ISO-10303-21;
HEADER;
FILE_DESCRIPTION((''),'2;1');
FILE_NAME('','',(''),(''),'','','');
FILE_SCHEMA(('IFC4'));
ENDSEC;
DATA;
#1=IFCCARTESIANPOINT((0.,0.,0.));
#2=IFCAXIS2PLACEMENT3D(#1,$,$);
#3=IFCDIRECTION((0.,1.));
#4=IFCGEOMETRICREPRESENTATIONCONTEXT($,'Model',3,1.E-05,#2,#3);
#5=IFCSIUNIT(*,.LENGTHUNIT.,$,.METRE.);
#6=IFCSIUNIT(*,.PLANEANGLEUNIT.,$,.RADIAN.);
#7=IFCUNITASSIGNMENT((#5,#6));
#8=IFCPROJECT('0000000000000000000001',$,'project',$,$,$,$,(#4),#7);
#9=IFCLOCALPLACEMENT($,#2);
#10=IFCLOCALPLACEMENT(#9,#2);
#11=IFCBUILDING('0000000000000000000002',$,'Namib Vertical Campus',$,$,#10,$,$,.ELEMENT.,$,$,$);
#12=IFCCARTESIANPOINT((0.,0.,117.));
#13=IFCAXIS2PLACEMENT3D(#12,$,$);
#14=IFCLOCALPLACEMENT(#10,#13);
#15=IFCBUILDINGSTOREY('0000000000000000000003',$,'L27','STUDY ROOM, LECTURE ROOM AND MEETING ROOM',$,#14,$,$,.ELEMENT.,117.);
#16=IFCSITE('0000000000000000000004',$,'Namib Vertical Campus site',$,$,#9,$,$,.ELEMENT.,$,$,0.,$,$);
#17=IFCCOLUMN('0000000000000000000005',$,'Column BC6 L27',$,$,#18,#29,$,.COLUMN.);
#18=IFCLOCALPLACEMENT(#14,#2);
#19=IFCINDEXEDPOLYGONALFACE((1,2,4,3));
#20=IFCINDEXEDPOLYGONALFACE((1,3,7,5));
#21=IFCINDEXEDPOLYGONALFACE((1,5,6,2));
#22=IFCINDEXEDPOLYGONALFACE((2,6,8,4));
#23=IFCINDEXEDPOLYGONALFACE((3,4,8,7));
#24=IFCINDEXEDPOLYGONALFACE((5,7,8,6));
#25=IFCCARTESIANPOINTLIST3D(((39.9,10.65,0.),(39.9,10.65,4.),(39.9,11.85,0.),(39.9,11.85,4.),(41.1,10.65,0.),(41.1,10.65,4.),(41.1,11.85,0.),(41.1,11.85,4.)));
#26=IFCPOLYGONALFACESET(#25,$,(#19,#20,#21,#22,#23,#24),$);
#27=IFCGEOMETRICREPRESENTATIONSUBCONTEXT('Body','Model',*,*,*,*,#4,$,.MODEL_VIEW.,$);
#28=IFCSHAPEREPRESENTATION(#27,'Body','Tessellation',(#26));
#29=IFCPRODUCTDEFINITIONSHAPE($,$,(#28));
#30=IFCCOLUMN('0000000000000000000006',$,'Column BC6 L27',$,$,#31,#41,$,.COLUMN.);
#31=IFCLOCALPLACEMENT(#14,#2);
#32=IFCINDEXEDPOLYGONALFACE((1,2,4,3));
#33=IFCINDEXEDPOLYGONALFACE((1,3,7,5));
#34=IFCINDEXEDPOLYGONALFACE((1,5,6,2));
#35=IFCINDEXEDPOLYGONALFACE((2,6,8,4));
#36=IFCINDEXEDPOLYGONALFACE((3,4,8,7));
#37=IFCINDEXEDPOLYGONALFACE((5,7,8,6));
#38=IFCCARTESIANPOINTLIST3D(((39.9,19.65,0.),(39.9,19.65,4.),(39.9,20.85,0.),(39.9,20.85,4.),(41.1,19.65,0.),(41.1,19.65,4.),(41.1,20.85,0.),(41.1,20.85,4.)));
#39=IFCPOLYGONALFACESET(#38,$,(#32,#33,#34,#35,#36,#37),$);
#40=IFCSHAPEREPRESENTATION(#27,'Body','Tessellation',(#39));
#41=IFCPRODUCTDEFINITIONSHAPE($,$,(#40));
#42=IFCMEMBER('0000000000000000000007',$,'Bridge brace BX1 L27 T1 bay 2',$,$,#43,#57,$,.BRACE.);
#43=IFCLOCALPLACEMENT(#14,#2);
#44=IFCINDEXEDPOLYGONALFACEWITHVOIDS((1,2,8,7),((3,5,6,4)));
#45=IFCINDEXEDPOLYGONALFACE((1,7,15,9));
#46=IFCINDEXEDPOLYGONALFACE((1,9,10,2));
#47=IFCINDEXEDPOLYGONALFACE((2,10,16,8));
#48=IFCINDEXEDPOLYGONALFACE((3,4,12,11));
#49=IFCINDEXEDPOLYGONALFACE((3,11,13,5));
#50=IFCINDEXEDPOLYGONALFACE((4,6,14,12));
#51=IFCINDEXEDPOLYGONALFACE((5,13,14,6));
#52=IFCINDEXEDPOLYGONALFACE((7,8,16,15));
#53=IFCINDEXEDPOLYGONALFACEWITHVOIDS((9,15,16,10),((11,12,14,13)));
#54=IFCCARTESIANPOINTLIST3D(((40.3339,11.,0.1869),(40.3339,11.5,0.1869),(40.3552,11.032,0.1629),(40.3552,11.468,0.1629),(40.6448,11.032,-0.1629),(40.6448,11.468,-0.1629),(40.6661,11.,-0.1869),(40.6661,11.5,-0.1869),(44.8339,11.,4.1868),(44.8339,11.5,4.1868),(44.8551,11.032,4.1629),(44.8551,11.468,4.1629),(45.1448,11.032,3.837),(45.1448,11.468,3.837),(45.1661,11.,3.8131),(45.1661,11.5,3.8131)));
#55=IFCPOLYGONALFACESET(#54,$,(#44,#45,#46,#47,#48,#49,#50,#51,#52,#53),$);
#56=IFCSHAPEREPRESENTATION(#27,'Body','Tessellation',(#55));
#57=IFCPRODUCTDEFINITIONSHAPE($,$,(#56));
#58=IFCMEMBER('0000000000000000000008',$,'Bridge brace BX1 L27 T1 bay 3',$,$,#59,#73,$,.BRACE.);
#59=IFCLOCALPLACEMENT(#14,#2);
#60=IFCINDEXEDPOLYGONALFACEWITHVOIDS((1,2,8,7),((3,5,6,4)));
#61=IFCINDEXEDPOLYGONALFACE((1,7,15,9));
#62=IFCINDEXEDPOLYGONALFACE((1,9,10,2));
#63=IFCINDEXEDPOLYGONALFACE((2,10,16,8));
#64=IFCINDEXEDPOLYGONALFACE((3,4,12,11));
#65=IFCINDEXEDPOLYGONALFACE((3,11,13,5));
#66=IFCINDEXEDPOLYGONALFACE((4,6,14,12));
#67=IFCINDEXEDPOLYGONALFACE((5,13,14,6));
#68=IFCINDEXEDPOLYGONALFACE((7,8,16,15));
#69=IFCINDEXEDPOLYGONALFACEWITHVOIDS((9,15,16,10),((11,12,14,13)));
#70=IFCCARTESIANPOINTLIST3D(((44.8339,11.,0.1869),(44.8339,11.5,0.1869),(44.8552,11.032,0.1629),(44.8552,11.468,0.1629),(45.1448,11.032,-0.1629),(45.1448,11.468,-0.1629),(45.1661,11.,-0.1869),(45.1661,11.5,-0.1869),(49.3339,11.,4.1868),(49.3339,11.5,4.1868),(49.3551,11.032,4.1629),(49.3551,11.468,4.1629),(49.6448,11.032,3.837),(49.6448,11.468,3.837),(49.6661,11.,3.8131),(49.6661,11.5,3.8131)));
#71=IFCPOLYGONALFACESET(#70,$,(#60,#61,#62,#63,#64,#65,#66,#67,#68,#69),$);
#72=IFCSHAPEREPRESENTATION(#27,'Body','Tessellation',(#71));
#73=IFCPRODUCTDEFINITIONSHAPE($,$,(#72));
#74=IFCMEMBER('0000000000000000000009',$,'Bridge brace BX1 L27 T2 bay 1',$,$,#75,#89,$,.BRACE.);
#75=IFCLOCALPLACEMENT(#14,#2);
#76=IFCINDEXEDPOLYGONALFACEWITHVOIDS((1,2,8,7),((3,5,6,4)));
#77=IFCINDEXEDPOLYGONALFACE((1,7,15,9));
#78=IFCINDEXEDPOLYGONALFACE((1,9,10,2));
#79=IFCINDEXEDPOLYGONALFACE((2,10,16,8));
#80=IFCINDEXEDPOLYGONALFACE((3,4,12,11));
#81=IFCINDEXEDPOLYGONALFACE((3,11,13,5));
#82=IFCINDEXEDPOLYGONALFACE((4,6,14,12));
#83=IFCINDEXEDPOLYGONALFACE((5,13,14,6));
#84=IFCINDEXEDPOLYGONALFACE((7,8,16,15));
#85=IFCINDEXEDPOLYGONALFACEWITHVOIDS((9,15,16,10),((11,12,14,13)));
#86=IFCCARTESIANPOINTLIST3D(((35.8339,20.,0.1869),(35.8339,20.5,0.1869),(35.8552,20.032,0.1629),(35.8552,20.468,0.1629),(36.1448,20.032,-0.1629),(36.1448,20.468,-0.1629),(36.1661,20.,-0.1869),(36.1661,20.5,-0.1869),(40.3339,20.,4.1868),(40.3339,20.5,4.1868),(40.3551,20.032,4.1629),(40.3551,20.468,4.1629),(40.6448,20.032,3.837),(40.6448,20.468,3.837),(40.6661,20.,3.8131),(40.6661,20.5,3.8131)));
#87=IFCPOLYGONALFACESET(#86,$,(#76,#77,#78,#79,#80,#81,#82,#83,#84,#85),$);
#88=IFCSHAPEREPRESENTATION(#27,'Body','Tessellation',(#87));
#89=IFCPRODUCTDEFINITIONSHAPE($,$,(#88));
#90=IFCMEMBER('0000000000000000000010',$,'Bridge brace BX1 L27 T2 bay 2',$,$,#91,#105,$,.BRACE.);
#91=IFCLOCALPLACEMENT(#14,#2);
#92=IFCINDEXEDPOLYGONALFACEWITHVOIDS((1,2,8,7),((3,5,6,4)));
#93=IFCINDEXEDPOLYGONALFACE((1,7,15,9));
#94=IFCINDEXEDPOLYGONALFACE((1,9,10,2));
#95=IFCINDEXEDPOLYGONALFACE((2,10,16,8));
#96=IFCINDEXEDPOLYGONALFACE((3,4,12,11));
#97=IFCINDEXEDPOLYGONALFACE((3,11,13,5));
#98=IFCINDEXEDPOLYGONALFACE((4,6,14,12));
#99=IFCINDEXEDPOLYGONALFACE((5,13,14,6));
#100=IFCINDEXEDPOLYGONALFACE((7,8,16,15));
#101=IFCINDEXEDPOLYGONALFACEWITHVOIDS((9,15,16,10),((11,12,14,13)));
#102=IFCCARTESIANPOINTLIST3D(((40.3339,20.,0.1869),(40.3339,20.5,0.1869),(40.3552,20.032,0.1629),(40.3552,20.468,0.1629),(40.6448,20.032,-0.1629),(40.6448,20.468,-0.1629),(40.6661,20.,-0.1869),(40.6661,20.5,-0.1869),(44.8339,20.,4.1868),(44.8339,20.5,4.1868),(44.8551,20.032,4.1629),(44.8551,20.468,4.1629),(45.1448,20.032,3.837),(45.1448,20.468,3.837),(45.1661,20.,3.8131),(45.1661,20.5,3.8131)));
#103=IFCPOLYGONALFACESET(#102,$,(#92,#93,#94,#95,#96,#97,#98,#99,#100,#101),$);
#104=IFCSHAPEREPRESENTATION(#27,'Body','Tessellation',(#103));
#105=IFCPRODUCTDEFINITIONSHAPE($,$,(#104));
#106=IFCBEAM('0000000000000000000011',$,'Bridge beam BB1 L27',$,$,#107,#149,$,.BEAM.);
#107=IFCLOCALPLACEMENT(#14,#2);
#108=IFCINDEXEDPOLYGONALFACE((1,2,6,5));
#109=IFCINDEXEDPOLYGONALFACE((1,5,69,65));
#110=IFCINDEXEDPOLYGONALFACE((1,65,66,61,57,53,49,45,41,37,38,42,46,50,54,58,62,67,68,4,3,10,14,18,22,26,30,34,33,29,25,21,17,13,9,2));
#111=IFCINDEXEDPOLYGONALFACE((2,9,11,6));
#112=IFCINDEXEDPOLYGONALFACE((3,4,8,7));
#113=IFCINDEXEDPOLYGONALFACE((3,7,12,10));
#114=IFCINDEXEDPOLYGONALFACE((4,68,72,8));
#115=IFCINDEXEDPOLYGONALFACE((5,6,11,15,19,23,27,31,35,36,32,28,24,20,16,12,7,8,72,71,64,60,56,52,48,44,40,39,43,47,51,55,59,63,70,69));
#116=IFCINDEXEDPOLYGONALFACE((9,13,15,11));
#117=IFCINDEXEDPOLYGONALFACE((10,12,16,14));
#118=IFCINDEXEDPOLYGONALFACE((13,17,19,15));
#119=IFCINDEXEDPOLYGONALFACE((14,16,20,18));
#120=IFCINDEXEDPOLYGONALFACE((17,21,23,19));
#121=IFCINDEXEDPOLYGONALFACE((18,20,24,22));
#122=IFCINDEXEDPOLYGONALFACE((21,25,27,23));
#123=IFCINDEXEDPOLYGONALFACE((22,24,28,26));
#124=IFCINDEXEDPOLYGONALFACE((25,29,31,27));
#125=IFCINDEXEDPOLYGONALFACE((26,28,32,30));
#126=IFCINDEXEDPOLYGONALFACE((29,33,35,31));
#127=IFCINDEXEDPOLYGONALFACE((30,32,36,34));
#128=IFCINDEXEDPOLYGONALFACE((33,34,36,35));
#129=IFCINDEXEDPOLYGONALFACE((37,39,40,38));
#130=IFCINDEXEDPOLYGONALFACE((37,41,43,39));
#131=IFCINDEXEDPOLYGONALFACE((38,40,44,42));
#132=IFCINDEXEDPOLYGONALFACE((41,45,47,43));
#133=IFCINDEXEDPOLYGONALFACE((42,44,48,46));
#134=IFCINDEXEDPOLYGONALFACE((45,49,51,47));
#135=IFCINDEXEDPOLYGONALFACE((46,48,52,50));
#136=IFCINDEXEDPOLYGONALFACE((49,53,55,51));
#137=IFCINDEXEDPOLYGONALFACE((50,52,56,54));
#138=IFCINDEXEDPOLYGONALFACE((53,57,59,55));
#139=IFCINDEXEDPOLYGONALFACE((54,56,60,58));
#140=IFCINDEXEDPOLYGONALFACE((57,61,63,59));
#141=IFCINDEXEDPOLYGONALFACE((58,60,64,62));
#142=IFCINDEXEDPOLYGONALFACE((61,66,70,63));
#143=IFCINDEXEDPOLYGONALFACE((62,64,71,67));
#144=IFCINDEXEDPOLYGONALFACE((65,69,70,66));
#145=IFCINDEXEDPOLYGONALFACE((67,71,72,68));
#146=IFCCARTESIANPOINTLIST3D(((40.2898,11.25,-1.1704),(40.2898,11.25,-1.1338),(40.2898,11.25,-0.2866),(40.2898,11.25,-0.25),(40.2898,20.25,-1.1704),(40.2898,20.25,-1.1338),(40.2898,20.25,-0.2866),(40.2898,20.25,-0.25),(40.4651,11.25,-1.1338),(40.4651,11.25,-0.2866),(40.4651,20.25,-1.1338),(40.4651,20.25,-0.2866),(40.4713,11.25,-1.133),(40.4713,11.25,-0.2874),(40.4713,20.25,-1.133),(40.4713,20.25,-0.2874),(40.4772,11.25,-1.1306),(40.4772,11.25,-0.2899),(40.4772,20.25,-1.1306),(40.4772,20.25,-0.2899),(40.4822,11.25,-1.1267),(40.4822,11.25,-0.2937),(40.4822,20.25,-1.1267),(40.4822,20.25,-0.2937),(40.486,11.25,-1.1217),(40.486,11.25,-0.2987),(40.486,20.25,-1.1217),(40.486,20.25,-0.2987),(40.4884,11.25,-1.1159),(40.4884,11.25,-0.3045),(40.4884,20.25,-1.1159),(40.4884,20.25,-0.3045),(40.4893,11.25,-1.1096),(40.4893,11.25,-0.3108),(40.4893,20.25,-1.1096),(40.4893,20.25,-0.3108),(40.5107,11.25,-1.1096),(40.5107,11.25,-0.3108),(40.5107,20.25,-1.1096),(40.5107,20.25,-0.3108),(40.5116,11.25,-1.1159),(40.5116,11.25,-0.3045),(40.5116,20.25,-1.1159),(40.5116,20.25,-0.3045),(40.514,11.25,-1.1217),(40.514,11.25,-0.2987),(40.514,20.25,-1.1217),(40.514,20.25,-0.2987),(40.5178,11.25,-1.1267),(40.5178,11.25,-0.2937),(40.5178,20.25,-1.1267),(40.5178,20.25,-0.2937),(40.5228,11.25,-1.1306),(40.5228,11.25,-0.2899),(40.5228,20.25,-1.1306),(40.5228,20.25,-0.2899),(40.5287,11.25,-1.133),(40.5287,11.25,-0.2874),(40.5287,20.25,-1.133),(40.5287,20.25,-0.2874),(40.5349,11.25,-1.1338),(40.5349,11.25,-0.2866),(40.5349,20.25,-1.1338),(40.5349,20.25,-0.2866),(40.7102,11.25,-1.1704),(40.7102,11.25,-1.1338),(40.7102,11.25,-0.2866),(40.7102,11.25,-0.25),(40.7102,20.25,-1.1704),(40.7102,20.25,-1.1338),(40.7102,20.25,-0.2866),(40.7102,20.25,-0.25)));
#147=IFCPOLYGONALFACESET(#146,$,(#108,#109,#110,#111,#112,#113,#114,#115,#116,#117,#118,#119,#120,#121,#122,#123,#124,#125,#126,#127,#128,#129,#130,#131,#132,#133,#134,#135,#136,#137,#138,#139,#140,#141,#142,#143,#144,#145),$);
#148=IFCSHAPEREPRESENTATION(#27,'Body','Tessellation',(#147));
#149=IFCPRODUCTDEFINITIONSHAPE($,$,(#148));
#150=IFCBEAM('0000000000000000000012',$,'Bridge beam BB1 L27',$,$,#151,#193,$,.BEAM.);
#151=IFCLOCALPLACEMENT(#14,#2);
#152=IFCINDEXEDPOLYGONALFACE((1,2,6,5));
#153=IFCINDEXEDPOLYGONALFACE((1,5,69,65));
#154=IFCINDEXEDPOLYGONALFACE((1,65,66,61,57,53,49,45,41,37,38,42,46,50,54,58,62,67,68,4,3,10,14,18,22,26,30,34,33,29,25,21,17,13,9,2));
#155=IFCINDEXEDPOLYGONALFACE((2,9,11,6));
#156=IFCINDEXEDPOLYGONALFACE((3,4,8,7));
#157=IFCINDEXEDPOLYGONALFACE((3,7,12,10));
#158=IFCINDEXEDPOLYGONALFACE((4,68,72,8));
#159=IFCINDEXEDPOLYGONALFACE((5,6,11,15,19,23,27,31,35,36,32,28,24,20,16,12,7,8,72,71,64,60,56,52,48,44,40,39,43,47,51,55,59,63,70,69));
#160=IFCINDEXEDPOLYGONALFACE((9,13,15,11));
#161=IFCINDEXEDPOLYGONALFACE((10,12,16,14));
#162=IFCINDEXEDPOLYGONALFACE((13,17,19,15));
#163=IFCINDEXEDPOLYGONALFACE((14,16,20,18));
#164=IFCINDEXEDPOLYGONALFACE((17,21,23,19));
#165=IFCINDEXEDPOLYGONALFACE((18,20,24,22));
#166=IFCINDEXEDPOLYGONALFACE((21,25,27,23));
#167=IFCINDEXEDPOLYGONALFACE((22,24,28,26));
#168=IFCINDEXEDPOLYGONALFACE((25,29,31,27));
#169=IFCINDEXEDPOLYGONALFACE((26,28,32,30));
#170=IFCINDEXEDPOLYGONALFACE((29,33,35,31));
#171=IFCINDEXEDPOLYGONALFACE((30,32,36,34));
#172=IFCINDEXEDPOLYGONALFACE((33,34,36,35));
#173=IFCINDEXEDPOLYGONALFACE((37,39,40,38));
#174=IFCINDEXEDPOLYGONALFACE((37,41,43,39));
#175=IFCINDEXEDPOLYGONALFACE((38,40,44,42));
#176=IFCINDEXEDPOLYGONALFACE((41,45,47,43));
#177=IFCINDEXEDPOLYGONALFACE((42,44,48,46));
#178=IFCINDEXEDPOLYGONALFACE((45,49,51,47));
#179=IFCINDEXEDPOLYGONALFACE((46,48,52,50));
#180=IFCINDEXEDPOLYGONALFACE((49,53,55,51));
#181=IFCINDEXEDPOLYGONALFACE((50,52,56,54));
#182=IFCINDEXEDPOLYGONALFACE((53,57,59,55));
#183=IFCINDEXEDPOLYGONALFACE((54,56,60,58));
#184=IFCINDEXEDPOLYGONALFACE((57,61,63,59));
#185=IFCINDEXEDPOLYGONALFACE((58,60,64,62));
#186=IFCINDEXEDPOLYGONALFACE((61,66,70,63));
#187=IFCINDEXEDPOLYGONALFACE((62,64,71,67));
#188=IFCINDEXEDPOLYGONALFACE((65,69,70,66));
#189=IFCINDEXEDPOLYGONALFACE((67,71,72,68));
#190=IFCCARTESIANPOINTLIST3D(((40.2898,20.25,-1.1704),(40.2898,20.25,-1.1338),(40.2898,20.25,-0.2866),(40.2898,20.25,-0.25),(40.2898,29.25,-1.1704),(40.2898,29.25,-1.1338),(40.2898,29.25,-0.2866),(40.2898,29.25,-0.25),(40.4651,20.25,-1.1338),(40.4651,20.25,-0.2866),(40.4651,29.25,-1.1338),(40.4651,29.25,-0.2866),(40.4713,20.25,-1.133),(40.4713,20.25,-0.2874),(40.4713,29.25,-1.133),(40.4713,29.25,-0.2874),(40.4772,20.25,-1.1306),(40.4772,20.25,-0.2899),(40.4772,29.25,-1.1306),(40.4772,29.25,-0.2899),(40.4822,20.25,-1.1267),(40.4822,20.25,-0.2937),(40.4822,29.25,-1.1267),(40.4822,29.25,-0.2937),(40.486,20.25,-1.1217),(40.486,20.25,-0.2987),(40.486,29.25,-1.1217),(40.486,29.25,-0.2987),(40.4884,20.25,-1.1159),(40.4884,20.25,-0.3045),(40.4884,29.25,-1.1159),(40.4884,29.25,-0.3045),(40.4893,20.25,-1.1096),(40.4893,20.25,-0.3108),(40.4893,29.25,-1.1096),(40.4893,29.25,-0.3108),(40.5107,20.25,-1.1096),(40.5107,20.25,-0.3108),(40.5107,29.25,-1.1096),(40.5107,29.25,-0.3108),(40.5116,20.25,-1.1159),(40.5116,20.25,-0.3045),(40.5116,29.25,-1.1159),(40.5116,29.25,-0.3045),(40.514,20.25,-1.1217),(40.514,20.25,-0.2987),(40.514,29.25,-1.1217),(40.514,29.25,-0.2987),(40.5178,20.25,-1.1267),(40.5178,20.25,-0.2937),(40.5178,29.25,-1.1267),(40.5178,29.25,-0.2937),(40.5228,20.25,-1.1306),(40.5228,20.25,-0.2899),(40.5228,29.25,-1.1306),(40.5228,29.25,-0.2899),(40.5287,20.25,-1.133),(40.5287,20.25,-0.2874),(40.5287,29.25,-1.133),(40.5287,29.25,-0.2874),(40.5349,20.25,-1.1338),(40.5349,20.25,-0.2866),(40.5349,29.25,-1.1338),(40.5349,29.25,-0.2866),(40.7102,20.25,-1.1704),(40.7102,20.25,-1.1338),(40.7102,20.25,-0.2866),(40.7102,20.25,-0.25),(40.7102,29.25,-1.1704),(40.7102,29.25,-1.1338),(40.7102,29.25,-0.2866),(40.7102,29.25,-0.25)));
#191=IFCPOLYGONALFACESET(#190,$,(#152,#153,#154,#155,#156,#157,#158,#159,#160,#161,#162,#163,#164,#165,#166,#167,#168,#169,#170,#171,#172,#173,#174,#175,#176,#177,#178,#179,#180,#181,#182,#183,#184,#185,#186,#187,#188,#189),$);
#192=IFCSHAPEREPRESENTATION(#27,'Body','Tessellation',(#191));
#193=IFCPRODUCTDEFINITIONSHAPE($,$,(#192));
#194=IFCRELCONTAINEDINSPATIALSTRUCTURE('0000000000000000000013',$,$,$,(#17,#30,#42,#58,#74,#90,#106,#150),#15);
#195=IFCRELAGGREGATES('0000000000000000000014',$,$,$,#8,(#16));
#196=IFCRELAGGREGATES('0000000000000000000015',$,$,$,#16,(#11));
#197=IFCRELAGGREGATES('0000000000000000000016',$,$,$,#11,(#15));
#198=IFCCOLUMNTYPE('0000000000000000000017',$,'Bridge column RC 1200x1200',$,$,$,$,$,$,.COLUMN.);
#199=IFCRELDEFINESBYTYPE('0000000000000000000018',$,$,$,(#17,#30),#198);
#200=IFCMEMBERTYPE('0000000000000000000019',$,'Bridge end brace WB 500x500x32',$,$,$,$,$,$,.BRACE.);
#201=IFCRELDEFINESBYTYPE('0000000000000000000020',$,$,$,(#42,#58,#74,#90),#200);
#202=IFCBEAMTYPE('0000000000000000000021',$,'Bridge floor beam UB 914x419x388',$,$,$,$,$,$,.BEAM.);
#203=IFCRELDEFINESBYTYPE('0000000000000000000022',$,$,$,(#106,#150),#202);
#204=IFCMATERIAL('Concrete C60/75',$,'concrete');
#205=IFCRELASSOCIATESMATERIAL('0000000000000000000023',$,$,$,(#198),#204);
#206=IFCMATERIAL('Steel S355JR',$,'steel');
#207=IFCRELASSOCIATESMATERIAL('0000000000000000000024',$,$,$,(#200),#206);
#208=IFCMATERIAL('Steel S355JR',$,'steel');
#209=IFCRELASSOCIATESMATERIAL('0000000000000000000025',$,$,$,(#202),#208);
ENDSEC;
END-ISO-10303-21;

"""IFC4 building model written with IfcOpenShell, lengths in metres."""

from ifc_helpers import new_model, si_unit, direction, frame, origin, origin_2d, place, context, subcontext, project, spatial, rectangle, hollow_rectangle, i_section, extrude, material, material_profile, profile_set, type_object, element, save


model = new_model("IFC4")

# Units and contexts
model_context = context("Model", 3, precision=1e-05, world=origin(), true_north=direction((0.0, 1.0)))
body_context = subcontext(model_context, "Body", "Model", "MODEL_VIEW")
ifc_project = project(units=[si_unit("LENGTHUNIT", "METRE"), si_unit("PLANEANGLEUNIT", "RADIAN")], contexts=[model_context])

# Site, building, storey
site_placement = place(None, origin())
site = spatial("IfcSite", under=ifc_project, at=site_placement, Name="Namib Vertical Campus site", CompositionType="ELEMENT", RefElevation=0.0)
building_placement = place(site_placement, origin())
building = spatial("IfcBuilding", under=site, at=building_placement, Name="Namib Vertical Campus", CompositionType="ELEMENT")
storey_placement = place(building_placement, frame((0.0, 0.0, 117.0)))
storey = spatial("IfcBuildingStorey", under=building, at=storey_placement, Name="L27", Description="STUDY ROOM, LECTURE ROOM AND MEETING ROOM", CompositionType="ELEMENT", Elevation=117.0)

# Columns
ifc_material_1 = material(Name="Concrete C60/75", Category="concrete")
ifc_material_profile_1 = material_profile(ifc_material_1, rectangle(XDim=1.2, YDim=1.2, at=origin_2d()))
ifc_profile_set_1 = profile_set([ifc_material_profile_1], Name="Concrete C60/75")
column_type = type_object("IfcColumnType", Name="Bridge column RC 1200x1200", PredefinedType="COLUMN", material=ifc_profile_set_1)
for number, where, z_axis, x_axis, name in (
    (1, (40.5, 11.25, 0.0), (0.0, 0.0, 1.0), (1.0, 0.0, 0.0), "Column BC6 L27"),
    (2, (40.5, 20.25, 0.0), (0.0, 0.0, 1.0), (1.0, 0.0, 0.0), "Column BC6 L27"),
):
    element("IfcColumn", number, at=place(storey_placement, frame(where, z_axis=z_axis, x_axis=x_axis)), inside=storey, type_object=column_type, Name=name, PredefinedType="COLUMN", context=body_context, shape_type="SweptSolid", body=[
        extrude(rectangle(XDim=1.2, YDim=1.2, at=origin_2d()), origin(), (0.0, 0.0, 1.0), 4.0),
    ])

# Members
ifc_material_2 = material(Name="Steel S355JR", Category="steel")
ifc_material_profile_2 = material_profile(ifc_material_2, hollow_rectangle(XDim=0.5, YDim=0.5, WallThickness=0.032, at=origin_2d()))
ifc_profile_set_2 = profile_set([ifc_material_profile_2], Name="Steel S355JR")
member_type_1 = type_object("IfcMemberType", Name="Bridge end brace WB 500x500x32", PredefinedType="BRACE", material=ifc_profile_set_2)
for number, where, z_axis, x_axis, name in (
    (3, (40.5, 11.25, 0.0), (0.747409, 0.0, 0.664364), (0.0, 1.0, 0.0), "Bridge brace BX1 L27 T1 bay 2"),
    (4, (45.0, 11.25, 0.0), (0.747409, 0.0, 0.664364), (0.0, 1.0, 0.0), "Bridge brace BX1 L27 T1 bay 3"),
    (5, (36.0, 20.25, 0.0), (0.747409, 0.0, 0.664364), (0.0, 1.0, 0.0), "Bridge brace BX1 L27 T2 bay 1"),
    (6, (40.5, 20.25, 0.0), (0.747409, 0.0, 0.664364), (0.0, 1.0, 0.0), "Bridge brace BX1 L27 T2 bay 2"),
):
    element("IfcMember", number, at=place(storey_placement, frame(where, z_axis=z_axis, x_axis=x_axis)), inside=storey, type_object=member_type_1, Name=name, PredefinedType="BRACE", context=body_context, shape_type="SweptSolid", body=[
        extrude(hollow_rectangle(XDim=0.5, YDim=0.5, WallThickness=0.032, at=origin_2d()), origin(), (0.0, 0.0, 1.0), 6.0208),
    ])

# Beams
ifc_material_3 = material(Name="Steel S355JR", Category="steel")
ifc_material_profile_3 = material_profile(ifc_material_3, i_section(OverallWidth=0.4204, OverallDepth=0.9204, WebThickness=0.0215, FlangeThickness=0.0366, FilletRadius=0.0242, at=origin_2d()))
ifc_profile_set_3 = profile_set([ifc_material_profile_3], Name="Steel S355JR")
beam_type_1 = type_object("IfcBeamType", Name="Bridge floor beam UB 914x419x388", PredefinedType="BEAM", material=ifc_profile_set_3)
for number, where, z_axis, x_axis, name in (
    (7, (40.5, 11.25, -0.7102), (0.0, 1.0, 0.0), (-1.0, 0.0, 0.0), "Bridge beam BB1 L27"),
    (8, (40.5, 20.25, -0.7102), (0.0, 1.0, 0.0), (-1.0, 0.0, 0.0), "Bridge beam BB1 L27"),
):
    element("IfcBeam", number, at=place(storey_placement, frame(where, z_axis=z_axis, x_axis=x_axis)), inside=storey, type_object=beam_type_1, Name=name, PredefinedType="BEAM", context=body_context, shape_type="SweptSolid", body=[
        extrude(i_section(OverallWidth=0.4204, OverallDepth=0.9204, WebThickness=0.0215, FlangeThickness=0.0366, FilletRadius=0.0242, at=origin_2d()), origin(), (0.0, 0.0, 1.0), 9.0),
    ])

save(model, "model.ifc")
